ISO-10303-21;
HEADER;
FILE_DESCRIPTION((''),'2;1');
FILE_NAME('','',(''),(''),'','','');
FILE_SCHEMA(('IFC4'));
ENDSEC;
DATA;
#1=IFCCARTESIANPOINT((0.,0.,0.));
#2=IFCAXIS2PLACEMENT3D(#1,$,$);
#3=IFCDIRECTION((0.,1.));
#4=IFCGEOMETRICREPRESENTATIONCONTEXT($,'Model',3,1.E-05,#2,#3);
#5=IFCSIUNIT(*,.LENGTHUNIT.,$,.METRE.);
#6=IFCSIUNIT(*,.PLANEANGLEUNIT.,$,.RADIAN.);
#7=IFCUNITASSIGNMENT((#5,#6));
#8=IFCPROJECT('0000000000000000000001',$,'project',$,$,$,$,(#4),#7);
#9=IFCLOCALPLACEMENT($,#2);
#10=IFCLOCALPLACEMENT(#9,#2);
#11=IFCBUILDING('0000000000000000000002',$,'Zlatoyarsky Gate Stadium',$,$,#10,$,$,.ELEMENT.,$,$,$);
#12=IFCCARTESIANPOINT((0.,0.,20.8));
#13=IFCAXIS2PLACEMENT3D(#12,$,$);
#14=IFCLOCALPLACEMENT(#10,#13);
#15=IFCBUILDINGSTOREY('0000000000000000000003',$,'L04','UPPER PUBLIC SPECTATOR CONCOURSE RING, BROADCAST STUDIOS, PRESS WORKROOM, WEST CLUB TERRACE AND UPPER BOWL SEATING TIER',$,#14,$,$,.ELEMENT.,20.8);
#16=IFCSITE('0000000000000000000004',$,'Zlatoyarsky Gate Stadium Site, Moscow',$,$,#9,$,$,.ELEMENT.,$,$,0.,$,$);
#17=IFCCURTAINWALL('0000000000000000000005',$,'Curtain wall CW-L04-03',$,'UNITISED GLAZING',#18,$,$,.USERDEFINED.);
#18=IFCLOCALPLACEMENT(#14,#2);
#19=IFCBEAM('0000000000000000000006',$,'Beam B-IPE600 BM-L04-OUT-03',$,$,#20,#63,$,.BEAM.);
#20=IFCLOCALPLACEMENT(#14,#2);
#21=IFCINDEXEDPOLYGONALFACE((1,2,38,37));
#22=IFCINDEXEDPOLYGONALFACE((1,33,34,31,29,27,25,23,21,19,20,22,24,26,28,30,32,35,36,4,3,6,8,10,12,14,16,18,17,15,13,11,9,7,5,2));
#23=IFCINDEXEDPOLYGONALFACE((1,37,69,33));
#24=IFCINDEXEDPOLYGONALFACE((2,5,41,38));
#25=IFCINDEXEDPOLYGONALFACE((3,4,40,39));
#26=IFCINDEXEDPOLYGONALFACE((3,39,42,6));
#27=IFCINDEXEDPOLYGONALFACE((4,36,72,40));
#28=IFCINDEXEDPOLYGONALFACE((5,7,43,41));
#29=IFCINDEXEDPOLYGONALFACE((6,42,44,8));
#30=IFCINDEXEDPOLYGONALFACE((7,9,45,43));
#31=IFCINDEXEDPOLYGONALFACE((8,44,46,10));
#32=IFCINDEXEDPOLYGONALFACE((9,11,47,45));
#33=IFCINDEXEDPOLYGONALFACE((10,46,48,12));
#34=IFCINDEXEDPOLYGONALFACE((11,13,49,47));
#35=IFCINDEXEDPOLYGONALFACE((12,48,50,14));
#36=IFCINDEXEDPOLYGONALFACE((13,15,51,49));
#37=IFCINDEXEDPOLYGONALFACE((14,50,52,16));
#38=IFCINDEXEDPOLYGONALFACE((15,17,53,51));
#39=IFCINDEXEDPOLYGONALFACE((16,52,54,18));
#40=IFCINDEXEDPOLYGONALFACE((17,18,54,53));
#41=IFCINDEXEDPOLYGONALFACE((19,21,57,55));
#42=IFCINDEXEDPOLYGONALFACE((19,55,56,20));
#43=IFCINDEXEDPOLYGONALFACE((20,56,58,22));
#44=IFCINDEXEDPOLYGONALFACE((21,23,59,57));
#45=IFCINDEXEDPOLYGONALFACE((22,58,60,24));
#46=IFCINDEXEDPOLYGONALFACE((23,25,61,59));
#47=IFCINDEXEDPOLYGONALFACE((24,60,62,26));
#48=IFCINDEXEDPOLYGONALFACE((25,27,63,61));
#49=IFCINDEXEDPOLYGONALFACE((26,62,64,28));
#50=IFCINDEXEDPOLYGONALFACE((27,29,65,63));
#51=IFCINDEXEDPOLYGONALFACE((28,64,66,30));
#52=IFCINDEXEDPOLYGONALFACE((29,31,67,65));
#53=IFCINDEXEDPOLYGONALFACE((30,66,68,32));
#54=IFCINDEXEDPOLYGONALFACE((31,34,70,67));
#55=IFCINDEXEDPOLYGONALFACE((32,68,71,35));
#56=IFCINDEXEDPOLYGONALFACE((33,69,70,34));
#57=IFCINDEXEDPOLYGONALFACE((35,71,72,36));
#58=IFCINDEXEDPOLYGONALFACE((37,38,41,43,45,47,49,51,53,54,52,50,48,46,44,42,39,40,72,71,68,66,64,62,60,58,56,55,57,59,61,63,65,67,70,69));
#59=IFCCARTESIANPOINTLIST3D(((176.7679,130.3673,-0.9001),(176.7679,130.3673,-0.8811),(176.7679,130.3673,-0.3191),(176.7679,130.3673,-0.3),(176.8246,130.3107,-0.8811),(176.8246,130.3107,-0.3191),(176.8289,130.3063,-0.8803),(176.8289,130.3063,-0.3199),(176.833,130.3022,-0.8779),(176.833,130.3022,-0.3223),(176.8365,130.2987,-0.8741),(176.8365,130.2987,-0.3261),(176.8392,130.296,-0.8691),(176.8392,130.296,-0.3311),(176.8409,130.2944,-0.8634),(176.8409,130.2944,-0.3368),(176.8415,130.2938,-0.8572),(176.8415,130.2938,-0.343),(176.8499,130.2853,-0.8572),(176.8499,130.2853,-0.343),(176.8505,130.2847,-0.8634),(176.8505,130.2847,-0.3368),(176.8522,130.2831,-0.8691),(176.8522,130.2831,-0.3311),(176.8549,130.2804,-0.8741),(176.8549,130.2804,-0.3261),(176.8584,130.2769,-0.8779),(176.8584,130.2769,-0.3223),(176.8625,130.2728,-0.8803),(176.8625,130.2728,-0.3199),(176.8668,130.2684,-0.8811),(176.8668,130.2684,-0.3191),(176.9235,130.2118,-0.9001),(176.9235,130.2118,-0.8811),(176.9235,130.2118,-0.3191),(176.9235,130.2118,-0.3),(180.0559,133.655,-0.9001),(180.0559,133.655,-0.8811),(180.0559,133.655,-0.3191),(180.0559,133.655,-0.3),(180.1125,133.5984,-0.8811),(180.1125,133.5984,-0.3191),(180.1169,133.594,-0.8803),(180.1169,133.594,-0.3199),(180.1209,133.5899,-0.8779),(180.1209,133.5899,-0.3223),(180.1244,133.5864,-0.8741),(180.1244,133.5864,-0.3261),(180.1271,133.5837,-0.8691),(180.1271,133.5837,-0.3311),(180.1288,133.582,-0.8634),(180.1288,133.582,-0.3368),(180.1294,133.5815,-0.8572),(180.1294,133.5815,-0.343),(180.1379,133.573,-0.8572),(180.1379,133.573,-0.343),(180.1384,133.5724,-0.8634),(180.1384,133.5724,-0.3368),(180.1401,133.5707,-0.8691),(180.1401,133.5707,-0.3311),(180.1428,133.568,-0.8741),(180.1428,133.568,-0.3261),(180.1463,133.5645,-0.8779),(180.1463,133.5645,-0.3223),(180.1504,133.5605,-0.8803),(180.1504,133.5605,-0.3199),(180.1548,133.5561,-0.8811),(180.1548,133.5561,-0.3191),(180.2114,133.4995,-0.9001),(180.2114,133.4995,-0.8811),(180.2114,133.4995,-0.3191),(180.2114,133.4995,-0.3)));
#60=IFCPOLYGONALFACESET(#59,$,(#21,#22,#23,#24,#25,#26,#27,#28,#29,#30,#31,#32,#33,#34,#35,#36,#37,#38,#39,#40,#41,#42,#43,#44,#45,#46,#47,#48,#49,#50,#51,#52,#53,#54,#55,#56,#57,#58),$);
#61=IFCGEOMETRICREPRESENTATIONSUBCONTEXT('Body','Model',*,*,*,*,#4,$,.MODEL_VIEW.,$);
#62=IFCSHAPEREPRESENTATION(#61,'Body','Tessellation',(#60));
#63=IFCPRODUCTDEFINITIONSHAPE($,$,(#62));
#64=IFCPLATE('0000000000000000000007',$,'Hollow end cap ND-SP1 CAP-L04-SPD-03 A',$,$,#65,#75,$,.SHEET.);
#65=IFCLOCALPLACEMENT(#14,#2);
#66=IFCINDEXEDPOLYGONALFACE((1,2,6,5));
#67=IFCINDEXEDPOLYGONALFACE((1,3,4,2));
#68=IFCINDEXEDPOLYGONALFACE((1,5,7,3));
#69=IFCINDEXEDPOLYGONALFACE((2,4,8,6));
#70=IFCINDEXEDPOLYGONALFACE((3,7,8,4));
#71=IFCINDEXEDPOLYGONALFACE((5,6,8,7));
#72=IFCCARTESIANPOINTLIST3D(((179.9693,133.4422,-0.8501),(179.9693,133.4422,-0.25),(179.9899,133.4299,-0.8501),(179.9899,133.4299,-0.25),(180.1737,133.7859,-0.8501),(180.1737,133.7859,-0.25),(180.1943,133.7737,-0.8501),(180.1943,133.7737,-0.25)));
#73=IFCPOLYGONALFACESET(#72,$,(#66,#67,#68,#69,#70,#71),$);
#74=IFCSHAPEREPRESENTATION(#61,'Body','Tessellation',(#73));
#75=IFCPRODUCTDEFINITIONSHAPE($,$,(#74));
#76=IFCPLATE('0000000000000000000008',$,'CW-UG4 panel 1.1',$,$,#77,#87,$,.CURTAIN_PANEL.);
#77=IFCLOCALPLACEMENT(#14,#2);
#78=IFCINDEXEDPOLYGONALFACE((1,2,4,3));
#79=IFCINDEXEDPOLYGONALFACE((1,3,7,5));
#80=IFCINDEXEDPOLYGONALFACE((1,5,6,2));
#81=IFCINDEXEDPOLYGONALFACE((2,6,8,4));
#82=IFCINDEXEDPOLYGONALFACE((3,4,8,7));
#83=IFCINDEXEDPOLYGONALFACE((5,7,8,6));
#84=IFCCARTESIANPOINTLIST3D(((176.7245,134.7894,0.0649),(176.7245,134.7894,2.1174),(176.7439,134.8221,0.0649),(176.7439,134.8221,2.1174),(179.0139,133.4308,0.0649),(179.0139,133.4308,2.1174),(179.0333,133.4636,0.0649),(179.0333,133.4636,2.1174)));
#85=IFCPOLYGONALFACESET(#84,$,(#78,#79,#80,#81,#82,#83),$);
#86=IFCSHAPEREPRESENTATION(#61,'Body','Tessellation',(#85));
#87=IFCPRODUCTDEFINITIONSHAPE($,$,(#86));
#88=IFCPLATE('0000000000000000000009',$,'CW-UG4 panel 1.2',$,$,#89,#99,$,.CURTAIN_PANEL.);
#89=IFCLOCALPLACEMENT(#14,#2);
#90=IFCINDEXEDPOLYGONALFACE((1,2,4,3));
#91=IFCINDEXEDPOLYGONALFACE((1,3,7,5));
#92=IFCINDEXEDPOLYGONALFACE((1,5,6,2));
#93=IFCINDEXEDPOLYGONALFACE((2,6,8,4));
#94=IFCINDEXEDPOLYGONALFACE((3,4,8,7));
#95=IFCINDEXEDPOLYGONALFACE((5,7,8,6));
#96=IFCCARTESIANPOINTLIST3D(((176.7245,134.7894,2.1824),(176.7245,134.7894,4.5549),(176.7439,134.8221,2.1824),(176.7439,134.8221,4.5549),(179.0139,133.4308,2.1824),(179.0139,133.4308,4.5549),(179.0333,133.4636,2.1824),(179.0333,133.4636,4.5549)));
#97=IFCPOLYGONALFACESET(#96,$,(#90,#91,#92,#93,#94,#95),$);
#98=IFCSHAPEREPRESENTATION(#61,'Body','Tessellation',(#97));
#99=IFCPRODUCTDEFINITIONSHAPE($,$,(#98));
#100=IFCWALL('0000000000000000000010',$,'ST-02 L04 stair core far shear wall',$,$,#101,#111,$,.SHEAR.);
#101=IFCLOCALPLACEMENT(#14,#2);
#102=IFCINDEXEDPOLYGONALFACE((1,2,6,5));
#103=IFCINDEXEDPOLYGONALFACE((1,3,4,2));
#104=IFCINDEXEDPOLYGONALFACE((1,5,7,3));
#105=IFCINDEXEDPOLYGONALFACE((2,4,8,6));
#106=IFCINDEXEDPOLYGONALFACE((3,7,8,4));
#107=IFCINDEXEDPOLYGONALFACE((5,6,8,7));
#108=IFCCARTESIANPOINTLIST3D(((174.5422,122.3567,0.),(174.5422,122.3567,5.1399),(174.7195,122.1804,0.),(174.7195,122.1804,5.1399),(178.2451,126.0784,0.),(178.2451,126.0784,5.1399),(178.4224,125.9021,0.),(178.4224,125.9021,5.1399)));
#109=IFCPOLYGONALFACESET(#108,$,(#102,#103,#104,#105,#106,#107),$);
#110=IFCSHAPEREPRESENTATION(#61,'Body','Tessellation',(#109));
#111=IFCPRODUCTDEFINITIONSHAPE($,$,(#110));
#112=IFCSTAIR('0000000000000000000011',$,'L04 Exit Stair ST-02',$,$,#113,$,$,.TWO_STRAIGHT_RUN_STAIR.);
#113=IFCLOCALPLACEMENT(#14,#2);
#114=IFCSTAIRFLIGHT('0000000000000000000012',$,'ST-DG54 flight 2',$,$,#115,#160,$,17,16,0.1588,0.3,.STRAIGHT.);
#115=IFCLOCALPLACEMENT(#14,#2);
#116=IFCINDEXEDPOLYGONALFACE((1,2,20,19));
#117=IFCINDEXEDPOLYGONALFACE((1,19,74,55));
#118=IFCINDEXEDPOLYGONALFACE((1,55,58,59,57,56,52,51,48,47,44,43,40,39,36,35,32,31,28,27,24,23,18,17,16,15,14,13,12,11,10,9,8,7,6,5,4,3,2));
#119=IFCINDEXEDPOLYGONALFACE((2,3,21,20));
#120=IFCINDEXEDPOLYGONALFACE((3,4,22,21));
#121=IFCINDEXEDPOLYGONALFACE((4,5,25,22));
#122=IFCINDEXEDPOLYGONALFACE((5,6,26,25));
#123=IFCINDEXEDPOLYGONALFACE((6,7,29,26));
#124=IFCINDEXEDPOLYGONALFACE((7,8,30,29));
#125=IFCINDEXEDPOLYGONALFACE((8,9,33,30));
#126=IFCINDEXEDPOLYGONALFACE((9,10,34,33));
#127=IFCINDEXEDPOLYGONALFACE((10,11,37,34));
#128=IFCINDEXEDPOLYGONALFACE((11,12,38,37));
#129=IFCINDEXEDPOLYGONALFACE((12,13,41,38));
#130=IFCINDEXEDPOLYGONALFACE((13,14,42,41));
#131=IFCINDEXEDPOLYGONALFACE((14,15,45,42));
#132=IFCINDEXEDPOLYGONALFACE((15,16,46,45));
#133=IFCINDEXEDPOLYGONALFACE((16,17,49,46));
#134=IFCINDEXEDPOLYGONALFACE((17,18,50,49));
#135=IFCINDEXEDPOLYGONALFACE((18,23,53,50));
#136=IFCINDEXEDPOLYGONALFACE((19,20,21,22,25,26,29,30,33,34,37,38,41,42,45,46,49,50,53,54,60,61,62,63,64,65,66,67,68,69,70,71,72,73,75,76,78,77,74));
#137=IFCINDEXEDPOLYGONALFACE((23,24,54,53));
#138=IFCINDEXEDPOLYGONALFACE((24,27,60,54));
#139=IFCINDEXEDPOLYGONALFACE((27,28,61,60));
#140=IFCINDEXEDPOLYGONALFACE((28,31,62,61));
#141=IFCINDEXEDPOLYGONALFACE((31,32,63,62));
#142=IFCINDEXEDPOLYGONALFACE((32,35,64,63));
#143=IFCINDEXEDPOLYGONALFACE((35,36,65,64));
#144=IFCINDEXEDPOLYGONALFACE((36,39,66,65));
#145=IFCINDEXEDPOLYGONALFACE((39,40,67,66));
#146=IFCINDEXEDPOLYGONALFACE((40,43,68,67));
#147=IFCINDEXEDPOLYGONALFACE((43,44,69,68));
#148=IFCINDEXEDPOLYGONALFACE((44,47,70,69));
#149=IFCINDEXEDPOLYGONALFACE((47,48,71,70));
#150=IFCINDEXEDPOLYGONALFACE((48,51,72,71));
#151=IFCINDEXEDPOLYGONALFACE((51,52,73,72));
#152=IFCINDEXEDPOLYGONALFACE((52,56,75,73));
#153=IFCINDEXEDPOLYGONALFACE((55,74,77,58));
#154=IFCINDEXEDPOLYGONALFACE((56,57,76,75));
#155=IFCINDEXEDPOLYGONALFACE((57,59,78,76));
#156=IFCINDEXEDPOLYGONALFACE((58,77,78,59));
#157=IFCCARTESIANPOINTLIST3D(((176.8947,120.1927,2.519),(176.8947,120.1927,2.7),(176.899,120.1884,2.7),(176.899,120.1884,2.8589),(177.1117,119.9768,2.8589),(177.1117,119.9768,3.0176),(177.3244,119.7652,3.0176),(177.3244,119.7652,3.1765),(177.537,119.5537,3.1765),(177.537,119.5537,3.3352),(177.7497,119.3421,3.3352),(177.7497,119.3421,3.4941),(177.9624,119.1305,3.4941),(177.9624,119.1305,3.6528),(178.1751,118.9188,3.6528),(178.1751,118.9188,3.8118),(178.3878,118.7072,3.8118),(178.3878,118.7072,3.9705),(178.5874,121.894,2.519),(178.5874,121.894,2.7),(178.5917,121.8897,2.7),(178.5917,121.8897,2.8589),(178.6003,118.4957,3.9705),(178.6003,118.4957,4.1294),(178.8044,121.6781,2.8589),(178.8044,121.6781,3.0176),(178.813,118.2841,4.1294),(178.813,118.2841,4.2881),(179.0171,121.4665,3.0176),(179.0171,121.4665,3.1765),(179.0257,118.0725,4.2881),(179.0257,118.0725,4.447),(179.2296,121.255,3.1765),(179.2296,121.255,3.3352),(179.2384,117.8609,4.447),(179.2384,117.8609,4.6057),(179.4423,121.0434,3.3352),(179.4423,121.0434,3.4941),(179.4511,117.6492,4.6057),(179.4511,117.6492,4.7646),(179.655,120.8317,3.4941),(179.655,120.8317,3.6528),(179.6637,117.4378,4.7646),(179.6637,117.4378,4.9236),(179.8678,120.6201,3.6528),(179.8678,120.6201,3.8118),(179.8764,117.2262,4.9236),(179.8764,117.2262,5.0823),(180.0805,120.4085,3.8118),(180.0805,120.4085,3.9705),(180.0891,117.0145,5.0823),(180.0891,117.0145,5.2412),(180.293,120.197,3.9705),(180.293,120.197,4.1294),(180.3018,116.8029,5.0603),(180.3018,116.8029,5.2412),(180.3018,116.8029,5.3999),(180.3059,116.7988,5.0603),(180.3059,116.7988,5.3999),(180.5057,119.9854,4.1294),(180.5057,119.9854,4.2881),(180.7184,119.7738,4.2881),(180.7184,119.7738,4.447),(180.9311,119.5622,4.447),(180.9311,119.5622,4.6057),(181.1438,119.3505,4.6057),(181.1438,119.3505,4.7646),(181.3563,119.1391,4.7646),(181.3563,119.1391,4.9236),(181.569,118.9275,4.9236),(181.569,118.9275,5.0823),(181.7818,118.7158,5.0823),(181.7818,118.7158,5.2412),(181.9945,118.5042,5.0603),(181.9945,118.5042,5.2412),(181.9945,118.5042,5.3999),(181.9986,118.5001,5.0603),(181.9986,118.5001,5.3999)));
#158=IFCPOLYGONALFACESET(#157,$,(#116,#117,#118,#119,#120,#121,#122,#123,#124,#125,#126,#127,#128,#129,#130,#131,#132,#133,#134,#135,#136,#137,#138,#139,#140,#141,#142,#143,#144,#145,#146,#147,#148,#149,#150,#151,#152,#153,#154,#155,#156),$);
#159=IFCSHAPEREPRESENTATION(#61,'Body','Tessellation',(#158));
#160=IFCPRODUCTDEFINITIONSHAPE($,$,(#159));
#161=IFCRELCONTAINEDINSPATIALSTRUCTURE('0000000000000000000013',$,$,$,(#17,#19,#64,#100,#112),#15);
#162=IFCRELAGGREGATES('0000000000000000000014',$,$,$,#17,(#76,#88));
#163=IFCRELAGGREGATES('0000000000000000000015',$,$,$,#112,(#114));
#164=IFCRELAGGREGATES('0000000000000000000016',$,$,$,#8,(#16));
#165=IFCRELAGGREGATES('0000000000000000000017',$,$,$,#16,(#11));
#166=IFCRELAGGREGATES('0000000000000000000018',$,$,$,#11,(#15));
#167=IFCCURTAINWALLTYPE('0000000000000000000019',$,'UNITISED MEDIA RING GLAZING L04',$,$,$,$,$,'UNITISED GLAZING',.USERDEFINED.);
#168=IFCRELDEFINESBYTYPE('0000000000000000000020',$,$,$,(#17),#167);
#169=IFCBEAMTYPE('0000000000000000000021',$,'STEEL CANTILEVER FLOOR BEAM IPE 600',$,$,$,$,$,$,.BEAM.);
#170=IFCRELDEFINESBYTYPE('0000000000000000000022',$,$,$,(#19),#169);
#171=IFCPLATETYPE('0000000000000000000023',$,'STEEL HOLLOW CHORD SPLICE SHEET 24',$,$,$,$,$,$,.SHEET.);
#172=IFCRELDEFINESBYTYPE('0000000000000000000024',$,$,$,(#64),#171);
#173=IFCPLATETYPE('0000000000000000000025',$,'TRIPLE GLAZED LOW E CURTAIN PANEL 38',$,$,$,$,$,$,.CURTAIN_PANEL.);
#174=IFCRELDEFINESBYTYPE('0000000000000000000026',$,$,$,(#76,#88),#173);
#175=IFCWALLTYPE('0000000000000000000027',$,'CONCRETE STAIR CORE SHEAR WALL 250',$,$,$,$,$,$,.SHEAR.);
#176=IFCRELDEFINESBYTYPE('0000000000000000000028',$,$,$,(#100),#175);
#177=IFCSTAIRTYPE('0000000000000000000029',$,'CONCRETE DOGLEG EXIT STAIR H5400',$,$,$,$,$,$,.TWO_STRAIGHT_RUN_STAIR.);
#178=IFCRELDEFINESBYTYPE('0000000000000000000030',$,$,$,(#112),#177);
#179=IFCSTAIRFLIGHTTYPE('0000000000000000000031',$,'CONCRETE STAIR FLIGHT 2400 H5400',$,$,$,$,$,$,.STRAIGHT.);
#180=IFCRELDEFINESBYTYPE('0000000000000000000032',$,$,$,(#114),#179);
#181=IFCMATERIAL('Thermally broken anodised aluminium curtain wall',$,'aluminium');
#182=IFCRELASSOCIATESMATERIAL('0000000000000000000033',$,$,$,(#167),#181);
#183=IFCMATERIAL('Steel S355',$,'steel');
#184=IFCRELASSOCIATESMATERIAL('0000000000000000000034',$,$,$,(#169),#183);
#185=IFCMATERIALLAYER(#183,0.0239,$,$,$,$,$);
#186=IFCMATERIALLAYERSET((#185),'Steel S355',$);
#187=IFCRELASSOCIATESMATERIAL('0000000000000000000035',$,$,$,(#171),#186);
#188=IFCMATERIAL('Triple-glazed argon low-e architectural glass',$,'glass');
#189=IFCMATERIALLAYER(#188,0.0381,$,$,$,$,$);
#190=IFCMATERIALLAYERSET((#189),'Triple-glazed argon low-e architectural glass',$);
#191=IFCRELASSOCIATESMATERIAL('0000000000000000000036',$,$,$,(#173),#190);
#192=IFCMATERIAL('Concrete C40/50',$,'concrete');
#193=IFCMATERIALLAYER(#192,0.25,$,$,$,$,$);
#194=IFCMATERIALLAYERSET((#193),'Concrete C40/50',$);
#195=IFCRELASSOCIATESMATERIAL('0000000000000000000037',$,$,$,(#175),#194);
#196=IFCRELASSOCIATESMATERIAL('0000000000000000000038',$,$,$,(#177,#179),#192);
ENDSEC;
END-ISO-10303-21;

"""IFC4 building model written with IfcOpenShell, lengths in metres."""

from ifc_helpers import new_model, si_unit, direction, frame, frame_2d, origin, origin_2d, place, context, subcontext, project, spatial, polyline, rectangle, i_section, outline, extrude, material, layer, layer_set, material_profile, profile_set, type_object, element, aggregate, save


model = new_model("IFC4")

# Units and contexts
model_context = context("Model", 3, precision=1e-05, world=origin(), true_north=direction((0.0, 1.0)))
body_context = subcontext(model_context, "Body", "Model", "MODEL_VIEW")
ifc_project = project(units=[si_unit("LENGTHUNIT", "METRE"), si_unit("PLANEANGLEUNIT", "RADIAN")], contexts=[model_context])

# Site, building, storey
site_placement = place(None, origin())
site = spatial("IfcSite", under=ifc_project, at=site_placement, Name="Zlatoyarsky Gate Stadium Site, Moscow", CompositionType="ELEMENT", RefElevation=0.0)
building_placement = place(site_placement, origin())
building = spatial("IfcBuilding", under=site, at=building_placement, Name="Zlatoyarsky Gate Stadium", CompositionType="ELEMENT")
storey_placement = place(building_placement, frame((0.0, 0.0, 20.8)))
storey = spatial("IfcBuildingStorey", under=building, at=storey_placement, Name="L04", Description="UPPER PUBLIC SPECTATOR CONCOURSE RING, BROADCAST STUDIOS, PRESS WORKROOM, WEST CLUB TERRACE AND UPPER BOWL SEATING TIER", CompositionType="ELEMENT", Elevation=20.8)

# Shared definitions
ifc_material_1 = material(Name="Steel S355", Category="steel")

# Curtain wall
ifc_material_2 = material(Name="Thermally broken anodised aluminium curtain wall", Category="aluminium")
curtain_wall_type = type_object("IfcCurtainWallType", Name="UNITISED MEDIA RING GLAZING L04", ElementType="UNITISED GLAZING", PredefinedType="USERDEFINED", material=ifc_material_2)
curtain_wall_placement = place(storey_placement, origin())
curtain_wall = element("IfcCurtainWall", 1, at=curtain_wall_placement, inside=storey, type_object=curtain_wall_type, Name="Curtain wall CW-L04-03", ObjectType="UNITISED GLAZING", PredefinedType="USERDEFINED")

# Beam
ifc_material_profile_1 = material_profile(ifc_material_1, i_section(OverallWidth=0.22, OverallDepth=0.6001, WebThickness=0.012, FlangeThickness=0.019, FilletRadius=0.0239, at=origin_2d()), Name="IPE 600")
ifc_profile_set_1 = profile_set([ifc_material_profile_1], Name="Steel S355")
beam_type = type_object("IfcBeamType", Name="STEEL CANTILEVER FLOOR BEAM IPE 600", PredefinedType="BEAM", material=ifc_profile_set_1)
beam_placement = place(storey_placement, frame((176.8457, 130.2896, -0.6001), z_axis=(0.707133, 0.707081, 0.0), x_axis=(-0.707081, 0.707133, 0.0)))
element("IfcBeam", 2, at=beam_placement, inside=storey, type_object=beam_type, Name="Beam B-IPE600 BM-L04-OUT-03", PredefinedType="BEAM", context=body_context, shape_type="SweptSolid", body=[
    extrude(i_section(OverallWidth=0.22, OverallDepth=0.6001, WebThickness=0.012, FlangeThickness=0.019, FilletRadius=0.0239, at=origin_2d()), origin(), (0.0, 0.0, 1.0), 4.6497),
])

# Plates
ifc_layer_1 = layer(ifc_material_1, 0.0239)
ifc_layer_set_1 = layer_set([ifc_layer_1], Name="Steel S355")
plate_type_1 = type_object("IfcPlateType", Name="STEEL HOLLOW CHORD SPLICE SHEET 24", PredefinedType="SHEET", material=ifc_layer_set_1)
plate_1_placement = place(storey_placement, frame((180.0818, 133.6079, -0.8501), z_axis=(0.0, 0.0, 1.0), x_axis=(-0.859509, 0.51112, 0.0)))
element("IfcPlate", 3, at=plate_1_placement, inside=storey, type_object=plate_type_1, Name="Hollow end cap ND-SP1 CAP-L04-SPD-03 A", PredefinedType="SHEET", context=body_context, shape_type="SweptSolid", body=[
    extrude(rectangle(XDim=0.0239, YDim=0.3999, at=origin_2d()), origin(), (0.0, 0.0, 1.0), 0.6001),
])
ifc_material_3 = material(Name="Triple-glazed argon low-e architectural glass", Category="glass")
ifc_layer_2 = layer(ifc_material_3, 0.0381)
ifc_layer_set_2 = layer_set([ifc_layer_2], Name="Triple-glazed argon low-e architectural glass")
plate_type_2 = type_object("IfcPlateType", Name="TRIPLE GLAZED LOW E CURTAIN PANEL 38", PredefinedType="CURTAIN_PANEL", material=ifc_layer_set_2)
plate_2_placement = place(storey_placement, frame((177.8789, 134.1265, 0.0649), z_axis=(0.0, 0.0, 1.0), x_axis=(-0.859978, 0.51033, 0.0)))
plate_2 = element("IfcPlate", 4, at=plate_2_placement, type_object=plate_type_2, Name="CW-UG4 panel 1.1", PredefinedType="CURTAIN_PANEL", context=body_context, shape_type="SweptSolid", body=[
    extrude(rectangle(XDim=2.6621, YDim=0.0381, at=origin_2d()), origin(), (0.0, 0.0, 1.0), 2.0525),
])
plate_3_placement = place(storey_placement, frame((177.8789, 134.1265, 2.1824), z_axis=(0.0, 0.0, 1.0), x_axis=(-0.859978, 0.51033, 0.0)))
plate_3 = element("IfcPlate", 5, at=plate_3_placement, type_object=plate_type_2, Name="CW-UG4 panel 1.2", PredefinedType="CURTAIN_PANEL", context=body_context, shape_type="SweptSolid", body=[
    extrude(rectangle(XDim=2.6621, YDim=0.0381, at=origin_2d()), origin(), (0.0, 0.0, 1.0), 2.3726),
])
aggregate(curtain_wall, [plate_2, plate_3])

# Wall
ifc_material_4 = material(Name="Concrete C40/50", Category="concrete")
ifc_layer_3 = layer(ifc_material_4, 0.25)
ifc_layer_set_3 = layer_set([ifc_layer_3], Name="Concrete C40/50")
wall_type = type_object("IfcWallType", Name="CONCRETE STAIR CORE SHEAR WALL 250", PredefinedType="SHEAR", material=ifc_layer_set_3)
wall_placement = place(storey_placement, frame((178.3337, 125.9902, 0.0), z_axis=(0.0, 0.0, 1.0), x_axis=(-0.705314, -0.708895, 0.0)))
element("IfcWall", 6, at=wall_placement, inside=storey, type_object=wall_type, Name="ST-02 L04 stair core far shear wall", PredefinedType="SHEAR", context=body_context, shape_type="SweptSolid", body=[
    extrude(rectangle(XDim=5.25, YDim=0.25, at=frame_2d((2.625, 0.0))), origin(), (0.0, 0.0, 1.0), 5.1399),
])

# Stair, stair flight
stair_type = type_object("IfcStairType", Name="CONCRETE DOGLEG EXIT STAIR H5400", PredefinedType="TWO_STRAIGHT_RUN_STAIR", material=ifc_material_4)
stair_placement = place(storey_placement, origin())
stair = element("IfcStair", 7, at=stair_placement, inside=storey, type_object=stair_type, Name="L04 Exit Stair ST-02", PredefinedType="TWO_STRAIGHT_RUN_STAIR")
stair_flight_type = type_object("IfcStairFlightType", Name="CONCRETE STAIR FLIGHT 2400 H5400", PredefinedType="STRAIGHT", material=ifc_material_4)
stair_flight_placement = place(storey_placement, frame((177.7454, 121.0391, 2.7), z_axis=(0.0, 0.0, 1.0), x_axis=(0.708901, -0.705308, 0.0)))
stair_flight = element("IfcStairFlight", 8, at=stair_flight_placement, type_object=stair_flight_type, Name="ST-DG54 flight 2", NumberOfRisers=17, NumberOfTreads=16, PredefinedType="STRAIGHT", RiserHeight=0.1588, TreadLength=0.3, context=body_context, shape_type="SweptSolid", body=[
    extrude(outline(polyline([(-0.0061, -0.1809), (-0.0061, 0.0), (0.0, 0.0), (0.0, 0.1589), (0.3, 0.1589), (0.3, 0.3176), (0.6001, 0.3176), (0.6001, 0.4766), (0.8999, 0.4766), (0.8999, 0.6353), (1.2, 0.6353), (1.2, 0.7942), (1.5, 0.7942), (1.5, 0.9529), (1.8, 0.9529), (1.8, 1.1118), (2.1001, 1.1118), (2.1001, 1.2705), (2.3999, 1.2705), (2.3999, 1.4294), (2.7, 1.4294), (2.7, 1.5881), (3.0, 1.5881), (3.0, 1.7471), (3.3, 1.7471), (3.3, 1.9058), (3.6001, 1.9058), (3.6001, 2.0647), (3.8999, 2.0647), (3.8999, 2.2236), (4.2, 2.2236), (4.2, 2.3823), (4.5, 2.3823), (4.5, 2.5413), (4.8, 2.5413), (4.8, 2.7), (4.8059, 2.7), (4.8059, 2.3604), (4.8, 2.3604), (-0.0061, -0.1809)])), frame((0.0, 1.2, 0.0), z_axis=(0.0, -1.0, 0.0), x_axis=(1.0, 0.0, 0.0)), (0.0, 0.0, 1.0), 2.3999),
])
aggregate(stair, [stair_flight])

save(model, "model.ifc")
